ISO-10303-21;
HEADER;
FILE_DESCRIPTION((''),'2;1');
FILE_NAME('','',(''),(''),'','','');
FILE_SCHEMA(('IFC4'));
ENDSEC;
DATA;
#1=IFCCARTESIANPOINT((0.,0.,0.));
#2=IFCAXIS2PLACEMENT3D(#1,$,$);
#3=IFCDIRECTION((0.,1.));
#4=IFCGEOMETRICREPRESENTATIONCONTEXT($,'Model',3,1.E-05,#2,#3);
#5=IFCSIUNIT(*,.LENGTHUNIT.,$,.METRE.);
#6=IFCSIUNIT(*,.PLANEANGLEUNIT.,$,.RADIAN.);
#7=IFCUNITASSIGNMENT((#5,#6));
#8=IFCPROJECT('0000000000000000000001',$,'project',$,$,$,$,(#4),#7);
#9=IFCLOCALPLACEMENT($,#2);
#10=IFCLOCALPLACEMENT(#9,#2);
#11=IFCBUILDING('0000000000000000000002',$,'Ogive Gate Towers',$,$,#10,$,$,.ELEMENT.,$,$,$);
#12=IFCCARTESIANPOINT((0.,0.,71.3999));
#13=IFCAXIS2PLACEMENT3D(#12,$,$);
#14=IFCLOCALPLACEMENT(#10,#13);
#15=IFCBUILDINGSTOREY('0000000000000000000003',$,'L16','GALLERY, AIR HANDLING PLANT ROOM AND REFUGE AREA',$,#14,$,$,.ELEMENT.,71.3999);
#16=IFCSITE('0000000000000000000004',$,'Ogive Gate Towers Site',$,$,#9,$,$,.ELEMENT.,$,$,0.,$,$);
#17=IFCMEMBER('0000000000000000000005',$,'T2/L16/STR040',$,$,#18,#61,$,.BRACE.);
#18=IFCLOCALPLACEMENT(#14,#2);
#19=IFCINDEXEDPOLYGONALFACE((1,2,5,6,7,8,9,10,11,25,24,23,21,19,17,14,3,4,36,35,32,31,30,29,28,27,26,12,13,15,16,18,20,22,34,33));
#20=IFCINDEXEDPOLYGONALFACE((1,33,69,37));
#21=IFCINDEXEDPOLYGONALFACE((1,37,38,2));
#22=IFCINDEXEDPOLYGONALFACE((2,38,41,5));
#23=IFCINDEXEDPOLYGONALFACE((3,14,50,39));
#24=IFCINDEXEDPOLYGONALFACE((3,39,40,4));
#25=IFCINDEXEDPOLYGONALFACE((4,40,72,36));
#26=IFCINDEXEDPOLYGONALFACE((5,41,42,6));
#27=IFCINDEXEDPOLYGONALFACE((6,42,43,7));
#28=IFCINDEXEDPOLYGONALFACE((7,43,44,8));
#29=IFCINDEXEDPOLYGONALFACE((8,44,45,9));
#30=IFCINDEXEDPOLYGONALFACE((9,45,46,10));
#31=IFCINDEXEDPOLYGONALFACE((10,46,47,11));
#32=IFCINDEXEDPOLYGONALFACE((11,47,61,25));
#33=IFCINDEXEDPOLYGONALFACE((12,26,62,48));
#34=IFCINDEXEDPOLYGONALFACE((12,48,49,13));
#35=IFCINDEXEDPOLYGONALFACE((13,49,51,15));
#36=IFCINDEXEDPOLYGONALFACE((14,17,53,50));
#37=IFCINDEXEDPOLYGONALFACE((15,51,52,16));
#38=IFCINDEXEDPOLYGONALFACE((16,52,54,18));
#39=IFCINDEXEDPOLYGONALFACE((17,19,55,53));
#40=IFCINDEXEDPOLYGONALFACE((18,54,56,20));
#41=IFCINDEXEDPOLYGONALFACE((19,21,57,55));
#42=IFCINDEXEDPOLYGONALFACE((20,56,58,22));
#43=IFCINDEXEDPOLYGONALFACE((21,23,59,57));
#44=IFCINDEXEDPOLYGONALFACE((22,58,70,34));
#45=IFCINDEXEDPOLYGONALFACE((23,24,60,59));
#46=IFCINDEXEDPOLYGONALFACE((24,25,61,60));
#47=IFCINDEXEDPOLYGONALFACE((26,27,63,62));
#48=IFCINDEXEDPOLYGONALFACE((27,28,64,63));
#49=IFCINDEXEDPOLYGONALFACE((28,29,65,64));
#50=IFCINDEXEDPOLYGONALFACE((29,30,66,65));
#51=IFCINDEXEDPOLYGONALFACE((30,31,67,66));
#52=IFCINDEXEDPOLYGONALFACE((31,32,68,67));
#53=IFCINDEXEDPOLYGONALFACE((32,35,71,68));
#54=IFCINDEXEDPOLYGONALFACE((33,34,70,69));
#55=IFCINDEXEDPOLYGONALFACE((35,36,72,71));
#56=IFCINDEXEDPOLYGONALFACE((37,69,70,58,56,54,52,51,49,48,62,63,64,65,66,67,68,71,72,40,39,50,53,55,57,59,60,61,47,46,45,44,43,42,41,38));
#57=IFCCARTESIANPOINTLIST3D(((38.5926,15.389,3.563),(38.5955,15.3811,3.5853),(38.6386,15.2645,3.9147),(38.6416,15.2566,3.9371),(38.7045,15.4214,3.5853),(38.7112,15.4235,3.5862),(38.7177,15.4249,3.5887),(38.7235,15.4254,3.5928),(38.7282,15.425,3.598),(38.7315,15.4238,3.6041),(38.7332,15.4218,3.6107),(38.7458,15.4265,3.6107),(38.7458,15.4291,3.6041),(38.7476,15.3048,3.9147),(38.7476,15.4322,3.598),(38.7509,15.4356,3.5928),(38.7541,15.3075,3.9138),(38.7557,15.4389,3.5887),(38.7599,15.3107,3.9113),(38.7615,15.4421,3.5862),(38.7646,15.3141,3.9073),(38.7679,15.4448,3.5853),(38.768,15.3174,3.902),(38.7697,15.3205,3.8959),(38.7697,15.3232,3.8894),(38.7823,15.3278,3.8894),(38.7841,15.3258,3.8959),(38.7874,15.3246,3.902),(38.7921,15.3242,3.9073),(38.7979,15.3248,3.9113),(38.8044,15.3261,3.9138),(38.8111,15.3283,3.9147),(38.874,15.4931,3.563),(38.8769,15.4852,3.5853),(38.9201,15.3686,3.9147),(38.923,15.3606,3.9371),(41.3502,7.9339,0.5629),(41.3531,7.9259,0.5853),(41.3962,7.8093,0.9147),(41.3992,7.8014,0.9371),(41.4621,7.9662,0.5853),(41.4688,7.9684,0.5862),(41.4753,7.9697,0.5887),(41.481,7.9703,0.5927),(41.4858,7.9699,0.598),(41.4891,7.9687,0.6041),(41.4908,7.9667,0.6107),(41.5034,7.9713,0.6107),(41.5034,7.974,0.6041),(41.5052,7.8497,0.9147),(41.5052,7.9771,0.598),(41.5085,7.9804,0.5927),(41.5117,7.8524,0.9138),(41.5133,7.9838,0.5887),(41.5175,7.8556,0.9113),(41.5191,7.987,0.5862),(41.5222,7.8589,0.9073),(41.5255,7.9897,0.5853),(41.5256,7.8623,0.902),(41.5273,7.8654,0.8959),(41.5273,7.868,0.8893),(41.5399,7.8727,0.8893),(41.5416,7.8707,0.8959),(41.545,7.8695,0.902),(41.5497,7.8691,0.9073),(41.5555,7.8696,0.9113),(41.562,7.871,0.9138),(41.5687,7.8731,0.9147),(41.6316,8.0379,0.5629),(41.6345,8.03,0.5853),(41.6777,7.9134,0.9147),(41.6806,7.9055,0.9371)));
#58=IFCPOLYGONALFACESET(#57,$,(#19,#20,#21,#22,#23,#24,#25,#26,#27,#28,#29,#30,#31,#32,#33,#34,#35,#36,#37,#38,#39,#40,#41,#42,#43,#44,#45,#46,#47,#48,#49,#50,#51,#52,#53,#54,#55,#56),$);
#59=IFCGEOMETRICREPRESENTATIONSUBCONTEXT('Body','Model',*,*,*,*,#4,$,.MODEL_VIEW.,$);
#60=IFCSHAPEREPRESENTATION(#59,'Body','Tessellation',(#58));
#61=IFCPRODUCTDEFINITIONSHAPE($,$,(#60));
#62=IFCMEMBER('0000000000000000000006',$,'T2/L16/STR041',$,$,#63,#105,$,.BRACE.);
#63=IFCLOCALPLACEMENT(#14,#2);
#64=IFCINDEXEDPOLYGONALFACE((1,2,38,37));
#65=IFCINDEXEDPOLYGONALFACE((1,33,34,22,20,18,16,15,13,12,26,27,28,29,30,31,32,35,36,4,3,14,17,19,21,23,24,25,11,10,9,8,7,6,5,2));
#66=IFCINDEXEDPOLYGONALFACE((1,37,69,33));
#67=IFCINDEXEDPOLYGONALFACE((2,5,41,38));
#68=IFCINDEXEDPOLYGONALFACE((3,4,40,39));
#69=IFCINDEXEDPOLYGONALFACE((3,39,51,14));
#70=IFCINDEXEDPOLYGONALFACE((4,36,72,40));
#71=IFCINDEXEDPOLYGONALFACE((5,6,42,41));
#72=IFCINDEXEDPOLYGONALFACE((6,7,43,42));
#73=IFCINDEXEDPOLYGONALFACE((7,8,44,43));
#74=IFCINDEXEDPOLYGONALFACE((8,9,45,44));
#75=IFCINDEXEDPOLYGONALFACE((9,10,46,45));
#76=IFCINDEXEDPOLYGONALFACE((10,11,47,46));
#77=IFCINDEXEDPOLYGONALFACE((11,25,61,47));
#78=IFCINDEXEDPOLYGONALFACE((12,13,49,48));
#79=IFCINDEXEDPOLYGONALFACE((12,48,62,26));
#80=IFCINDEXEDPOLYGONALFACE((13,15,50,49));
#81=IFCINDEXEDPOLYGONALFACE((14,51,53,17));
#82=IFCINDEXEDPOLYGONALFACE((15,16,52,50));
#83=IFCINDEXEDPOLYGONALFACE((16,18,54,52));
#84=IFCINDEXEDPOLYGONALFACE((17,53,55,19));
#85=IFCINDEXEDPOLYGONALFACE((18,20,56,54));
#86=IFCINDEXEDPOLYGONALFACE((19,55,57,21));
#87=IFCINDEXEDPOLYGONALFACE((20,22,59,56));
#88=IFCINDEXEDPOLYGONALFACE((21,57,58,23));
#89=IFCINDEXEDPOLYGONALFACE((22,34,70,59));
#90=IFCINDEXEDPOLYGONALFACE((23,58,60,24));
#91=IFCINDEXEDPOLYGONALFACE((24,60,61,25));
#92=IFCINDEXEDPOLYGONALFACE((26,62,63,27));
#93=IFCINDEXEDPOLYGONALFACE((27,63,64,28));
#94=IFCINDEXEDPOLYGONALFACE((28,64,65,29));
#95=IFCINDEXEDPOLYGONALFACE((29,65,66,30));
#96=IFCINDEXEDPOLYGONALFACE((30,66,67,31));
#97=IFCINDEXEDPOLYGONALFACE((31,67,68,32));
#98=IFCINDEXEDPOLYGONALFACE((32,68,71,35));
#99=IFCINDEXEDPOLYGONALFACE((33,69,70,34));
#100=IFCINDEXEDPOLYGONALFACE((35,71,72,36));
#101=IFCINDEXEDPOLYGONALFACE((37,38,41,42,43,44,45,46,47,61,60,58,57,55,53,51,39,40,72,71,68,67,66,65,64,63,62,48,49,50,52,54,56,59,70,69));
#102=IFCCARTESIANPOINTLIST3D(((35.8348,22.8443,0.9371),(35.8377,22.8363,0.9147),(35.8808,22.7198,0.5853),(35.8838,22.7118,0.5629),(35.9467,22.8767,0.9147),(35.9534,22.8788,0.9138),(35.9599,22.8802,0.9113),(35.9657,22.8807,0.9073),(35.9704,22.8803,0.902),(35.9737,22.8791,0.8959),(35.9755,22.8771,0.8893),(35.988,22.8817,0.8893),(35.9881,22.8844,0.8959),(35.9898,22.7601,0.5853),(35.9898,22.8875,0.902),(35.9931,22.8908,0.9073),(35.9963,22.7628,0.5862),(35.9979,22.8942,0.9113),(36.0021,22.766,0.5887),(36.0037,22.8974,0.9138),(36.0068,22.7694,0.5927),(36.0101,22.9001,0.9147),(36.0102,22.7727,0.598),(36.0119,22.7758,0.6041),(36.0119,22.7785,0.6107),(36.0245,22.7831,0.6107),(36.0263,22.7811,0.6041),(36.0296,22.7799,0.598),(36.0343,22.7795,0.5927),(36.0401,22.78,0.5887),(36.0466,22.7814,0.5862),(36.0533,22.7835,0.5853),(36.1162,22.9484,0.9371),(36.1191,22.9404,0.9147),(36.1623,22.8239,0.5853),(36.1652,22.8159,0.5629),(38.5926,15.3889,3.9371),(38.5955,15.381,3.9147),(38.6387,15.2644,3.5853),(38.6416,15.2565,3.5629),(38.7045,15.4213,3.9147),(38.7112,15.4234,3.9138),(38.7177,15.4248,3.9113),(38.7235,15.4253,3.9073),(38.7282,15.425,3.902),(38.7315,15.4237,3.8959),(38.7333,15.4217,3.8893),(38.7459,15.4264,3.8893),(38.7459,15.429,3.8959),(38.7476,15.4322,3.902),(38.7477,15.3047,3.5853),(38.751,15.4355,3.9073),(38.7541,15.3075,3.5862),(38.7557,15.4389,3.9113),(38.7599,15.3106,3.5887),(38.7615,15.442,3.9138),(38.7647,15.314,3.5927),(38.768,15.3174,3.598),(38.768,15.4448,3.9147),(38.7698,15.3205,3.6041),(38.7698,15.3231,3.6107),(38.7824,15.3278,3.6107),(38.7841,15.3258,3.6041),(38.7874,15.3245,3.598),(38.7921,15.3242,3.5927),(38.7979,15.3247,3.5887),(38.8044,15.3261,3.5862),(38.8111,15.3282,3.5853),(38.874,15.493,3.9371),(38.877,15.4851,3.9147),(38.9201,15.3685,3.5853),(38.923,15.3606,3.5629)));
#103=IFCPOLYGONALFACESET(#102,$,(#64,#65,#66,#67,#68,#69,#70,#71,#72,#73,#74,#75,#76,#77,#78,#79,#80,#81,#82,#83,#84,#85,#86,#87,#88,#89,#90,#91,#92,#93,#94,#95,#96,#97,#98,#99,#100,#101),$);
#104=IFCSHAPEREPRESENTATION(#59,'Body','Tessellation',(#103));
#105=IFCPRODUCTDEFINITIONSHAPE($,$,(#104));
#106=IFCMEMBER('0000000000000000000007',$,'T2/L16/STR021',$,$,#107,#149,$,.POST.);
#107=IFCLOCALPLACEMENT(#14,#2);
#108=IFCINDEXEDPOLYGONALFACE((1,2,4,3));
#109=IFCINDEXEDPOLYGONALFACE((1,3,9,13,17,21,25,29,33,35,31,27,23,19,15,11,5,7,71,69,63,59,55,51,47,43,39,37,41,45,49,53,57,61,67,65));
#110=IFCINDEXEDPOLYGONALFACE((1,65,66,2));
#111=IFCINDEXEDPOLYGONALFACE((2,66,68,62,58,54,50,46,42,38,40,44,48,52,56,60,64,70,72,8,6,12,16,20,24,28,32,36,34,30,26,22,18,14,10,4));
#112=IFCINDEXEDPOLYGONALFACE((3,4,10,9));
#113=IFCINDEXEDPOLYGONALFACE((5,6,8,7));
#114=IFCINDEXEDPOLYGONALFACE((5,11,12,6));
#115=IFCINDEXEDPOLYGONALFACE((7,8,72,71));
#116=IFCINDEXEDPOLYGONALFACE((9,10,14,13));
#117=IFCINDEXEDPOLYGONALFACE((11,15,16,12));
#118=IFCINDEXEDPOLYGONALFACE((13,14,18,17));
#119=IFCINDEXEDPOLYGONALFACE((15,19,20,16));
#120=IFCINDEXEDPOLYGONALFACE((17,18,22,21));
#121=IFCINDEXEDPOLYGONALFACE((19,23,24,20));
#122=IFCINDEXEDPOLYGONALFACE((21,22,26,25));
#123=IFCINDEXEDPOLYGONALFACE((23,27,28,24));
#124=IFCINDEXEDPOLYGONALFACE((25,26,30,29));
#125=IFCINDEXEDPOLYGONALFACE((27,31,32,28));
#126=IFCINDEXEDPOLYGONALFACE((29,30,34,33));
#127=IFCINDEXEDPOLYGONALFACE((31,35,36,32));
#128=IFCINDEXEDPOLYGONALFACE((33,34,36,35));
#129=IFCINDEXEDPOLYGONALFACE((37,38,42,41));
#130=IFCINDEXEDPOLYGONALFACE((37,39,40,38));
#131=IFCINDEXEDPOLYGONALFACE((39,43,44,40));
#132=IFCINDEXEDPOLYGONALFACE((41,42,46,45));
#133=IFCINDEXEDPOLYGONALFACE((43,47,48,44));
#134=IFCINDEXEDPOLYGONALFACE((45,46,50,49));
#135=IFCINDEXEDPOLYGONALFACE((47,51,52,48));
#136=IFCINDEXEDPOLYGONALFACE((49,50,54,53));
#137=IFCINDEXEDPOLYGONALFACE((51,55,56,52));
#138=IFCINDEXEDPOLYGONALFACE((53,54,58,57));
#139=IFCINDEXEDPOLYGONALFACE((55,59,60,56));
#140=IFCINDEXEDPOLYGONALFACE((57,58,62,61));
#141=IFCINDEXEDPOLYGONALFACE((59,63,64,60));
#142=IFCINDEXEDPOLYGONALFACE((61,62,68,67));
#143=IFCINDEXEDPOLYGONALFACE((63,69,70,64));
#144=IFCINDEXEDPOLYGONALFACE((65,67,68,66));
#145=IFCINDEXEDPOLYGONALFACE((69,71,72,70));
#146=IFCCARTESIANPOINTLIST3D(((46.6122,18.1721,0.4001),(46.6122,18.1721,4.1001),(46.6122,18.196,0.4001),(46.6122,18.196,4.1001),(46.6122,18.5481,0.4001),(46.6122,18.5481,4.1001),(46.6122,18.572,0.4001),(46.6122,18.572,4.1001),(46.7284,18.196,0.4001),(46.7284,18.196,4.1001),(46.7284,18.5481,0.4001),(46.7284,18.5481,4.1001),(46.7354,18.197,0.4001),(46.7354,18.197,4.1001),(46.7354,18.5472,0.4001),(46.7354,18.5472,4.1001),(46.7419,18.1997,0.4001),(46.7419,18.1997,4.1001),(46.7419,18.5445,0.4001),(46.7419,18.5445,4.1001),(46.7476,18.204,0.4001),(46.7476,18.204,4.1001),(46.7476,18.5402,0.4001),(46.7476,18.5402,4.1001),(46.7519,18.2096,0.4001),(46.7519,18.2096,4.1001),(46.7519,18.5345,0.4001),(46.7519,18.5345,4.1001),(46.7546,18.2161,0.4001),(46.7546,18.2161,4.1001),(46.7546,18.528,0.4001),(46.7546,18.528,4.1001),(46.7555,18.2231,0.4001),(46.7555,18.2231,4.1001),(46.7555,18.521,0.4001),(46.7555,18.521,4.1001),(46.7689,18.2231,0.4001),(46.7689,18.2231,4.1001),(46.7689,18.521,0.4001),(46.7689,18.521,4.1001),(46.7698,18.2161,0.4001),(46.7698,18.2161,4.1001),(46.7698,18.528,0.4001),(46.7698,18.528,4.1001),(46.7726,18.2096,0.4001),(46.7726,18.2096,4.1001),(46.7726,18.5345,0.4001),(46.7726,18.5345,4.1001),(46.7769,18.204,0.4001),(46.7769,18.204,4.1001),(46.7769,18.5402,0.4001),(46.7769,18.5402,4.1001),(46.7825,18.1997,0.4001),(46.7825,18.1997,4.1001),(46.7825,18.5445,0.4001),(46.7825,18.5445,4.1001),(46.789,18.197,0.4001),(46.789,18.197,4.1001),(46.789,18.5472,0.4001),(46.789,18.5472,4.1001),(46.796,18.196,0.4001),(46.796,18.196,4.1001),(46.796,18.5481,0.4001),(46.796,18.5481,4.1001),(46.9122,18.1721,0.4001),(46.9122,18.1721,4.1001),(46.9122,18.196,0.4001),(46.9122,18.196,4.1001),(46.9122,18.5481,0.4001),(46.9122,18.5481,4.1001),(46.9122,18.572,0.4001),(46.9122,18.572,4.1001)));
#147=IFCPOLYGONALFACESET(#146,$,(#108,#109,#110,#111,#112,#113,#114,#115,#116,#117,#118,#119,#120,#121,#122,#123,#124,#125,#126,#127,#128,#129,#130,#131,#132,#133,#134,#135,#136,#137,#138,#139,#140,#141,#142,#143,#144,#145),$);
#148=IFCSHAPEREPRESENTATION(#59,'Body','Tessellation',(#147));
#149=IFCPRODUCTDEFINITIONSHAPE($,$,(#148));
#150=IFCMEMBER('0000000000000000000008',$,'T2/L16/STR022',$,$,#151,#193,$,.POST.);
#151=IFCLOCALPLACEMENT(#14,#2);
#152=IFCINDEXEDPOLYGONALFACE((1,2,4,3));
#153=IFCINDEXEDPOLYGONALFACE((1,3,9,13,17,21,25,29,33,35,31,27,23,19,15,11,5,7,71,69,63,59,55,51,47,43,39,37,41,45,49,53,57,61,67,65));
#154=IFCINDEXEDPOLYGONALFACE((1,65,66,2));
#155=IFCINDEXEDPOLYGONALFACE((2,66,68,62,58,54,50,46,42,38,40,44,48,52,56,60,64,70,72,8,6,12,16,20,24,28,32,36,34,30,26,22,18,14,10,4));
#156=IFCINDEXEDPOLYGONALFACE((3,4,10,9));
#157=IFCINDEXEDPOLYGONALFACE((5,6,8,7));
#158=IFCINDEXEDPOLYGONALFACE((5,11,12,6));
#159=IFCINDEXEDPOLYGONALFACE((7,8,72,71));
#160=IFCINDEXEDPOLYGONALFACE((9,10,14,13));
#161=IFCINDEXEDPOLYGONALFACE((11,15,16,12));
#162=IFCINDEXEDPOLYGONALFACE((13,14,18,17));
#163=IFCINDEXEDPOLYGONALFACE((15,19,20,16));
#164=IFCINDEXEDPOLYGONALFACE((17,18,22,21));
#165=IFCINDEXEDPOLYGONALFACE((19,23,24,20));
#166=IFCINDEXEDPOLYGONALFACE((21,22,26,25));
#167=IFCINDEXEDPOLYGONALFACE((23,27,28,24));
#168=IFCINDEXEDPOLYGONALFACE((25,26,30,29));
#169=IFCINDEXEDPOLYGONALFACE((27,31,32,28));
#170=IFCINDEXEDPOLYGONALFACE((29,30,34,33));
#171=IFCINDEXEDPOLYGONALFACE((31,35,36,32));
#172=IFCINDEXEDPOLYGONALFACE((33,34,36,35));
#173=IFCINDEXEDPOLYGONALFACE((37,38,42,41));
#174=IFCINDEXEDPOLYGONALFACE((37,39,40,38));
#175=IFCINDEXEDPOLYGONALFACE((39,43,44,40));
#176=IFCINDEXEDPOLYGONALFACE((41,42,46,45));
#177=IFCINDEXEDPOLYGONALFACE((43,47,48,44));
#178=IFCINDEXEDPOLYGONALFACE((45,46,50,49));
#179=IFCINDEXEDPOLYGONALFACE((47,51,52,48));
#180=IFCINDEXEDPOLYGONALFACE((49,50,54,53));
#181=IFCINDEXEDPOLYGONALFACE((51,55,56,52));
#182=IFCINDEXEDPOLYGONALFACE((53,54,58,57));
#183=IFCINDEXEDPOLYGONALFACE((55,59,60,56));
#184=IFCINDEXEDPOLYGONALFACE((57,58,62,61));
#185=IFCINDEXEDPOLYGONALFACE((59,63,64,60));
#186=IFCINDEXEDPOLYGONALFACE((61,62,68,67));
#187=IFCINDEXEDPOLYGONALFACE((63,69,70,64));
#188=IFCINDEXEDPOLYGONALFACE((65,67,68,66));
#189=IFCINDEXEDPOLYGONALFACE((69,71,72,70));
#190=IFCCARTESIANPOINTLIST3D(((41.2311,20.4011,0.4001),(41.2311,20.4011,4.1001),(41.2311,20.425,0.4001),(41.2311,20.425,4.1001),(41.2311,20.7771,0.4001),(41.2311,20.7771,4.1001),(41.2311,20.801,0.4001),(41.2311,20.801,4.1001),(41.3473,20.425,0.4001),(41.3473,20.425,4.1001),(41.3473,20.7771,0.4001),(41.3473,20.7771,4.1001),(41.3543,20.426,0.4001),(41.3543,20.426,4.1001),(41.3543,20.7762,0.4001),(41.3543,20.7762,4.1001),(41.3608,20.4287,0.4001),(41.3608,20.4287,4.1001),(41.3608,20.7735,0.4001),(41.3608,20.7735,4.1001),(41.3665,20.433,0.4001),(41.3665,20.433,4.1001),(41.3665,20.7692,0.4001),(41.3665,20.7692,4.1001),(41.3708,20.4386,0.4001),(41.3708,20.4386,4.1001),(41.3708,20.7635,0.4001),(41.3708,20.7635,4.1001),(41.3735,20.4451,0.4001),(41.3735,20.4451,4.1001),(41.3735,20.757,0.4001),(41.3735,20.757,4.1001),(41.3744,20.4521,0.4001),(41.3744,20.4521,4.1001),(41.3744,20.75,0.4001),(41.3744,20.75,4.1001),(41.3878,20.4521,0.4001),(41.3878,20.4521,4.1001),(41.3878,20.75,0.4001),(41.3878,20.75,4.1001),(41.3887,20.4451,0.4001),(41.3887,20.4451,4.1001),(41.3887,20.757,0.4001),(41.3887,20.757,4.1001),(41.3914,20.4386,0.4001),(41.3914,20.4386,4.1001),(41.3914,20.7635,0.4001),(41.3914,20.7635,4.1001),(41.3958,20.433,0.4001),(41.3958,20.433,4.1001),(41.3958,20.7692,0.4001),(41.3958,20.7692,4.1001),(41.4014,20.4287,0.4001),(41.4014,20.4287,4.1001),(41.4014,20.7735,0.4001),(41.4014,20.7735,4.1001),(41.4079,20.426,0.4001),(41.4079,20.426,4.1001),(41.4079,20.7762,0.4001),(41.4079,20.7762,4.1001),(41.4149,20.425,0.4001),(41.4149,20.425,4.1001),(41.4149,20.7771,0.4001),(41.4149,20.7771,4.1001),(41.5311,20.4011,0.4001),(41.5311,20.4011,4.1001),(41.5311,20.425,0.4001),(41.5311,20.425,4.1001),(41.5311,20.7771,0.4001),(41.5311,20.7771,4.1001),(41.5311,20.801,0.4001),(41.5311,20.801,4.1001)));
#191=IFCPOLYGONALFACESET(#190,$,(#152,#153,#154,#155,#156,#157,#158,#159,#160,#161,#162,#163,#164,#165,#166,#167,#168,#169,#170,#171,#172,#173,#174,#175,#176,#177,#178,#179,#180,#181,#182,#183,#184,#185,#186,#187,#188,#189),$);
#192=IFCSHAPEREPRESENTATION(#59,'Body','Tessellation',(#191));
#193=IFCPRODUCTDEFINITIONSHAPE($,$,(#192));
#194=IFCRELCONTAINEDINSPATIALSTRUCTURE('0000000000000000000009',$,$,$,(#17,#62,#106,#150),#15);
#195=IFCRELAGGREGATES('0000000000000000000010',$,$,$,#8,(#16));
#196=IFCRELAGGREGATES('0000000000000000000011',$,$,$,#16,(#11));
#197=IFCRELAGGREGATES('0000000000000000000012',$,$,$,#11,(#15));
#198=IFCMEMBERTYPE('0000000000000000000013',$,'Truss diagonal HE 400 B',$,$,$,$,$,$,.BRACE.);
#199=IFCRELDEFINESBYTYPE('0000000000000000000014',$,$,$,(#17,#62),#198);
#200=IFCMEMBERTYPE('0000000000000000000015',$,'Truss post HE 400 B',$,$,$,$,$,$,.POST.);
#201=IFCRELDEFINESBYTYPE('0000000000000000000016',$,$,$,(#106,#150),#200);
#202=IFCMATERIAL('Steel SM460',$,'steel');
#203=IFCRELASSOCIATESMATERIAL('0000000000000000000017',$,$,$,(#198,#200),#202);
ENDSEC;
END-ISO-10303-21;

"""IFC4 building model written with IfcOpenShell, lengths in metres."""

from ifc_helpers import new_model, si_unit, direction, frame, origin, origin_2d, place, context, subcontext, project, spatial, i_section, extrude, material, material_profile, profile_set, type_object, element, save


model = new_model("IFC4")

# Units and contexts
model_context = context("Model", 3, precision=1e-05, world=origin(), true_north=direction((0.0, 1.0)))
body_context = subcontext(model_context, "Body", "Model", "MODEL_VIEW")
ifc_project = project(units=[si_unit("LENGTHUNIT", "METRE"), si_unit("PLANEANGLEUNIT", "RADIAN")], contexts=[model_context])

# Site, building, storey
site_placement = place(None, origin())
site = spatial("IfcSite", under=ifc_project, at=site_placement, Name="Ogive Gate Towers Site", CompositionType="ELEMENT", RefElevation=0.0)
building_placement = place(site_placement, origin())
building = spatial("IfcBuilding", under=site, at=building_placement, Name="Ogive Gate Towers", CompositionType="ELEMENT")
storey_placement = place(building_placement, frame((0.0, 0.0, 71.3999)))
storey = spatial("IfcBuildingStorey", under=building, at=storey_placement, Name="L16", Description="GALLERY, AIR HANDLING PLANT ROOM AND REFUGE AREA", CompositionType="ELEMENT", Elevation=71.3999)

# Shared definitions
ifc_material_1 = material(Name="Steel SM460", Category="steel")

# Members
ifc_material_profile_1 = material_profile(ifc_material_1, i_section(OverallWidth=0.3, OverallDepth=0.3999, WebThickness=0.0134, FlangeThickness=0.0239, FilletRadius=0.0271, at=origin_2d()), Name="HE 400 B")
ifc_profile_set_1 = profile_set([ifc_material_profile_1], Name="Steel SM460")
member_type_1 = type_object("IfcMemberType", Name="Truss diagonal HE 400 B", PredefinedType="BRACE", material=ifc_profile_set_1)
member_1_placement = place(storey_placement, frame((41.5154, 7.9197, 0.75), z_axis=(-0.324572, 0.877479, 0.353106), x_axis=(-0.937895, -0.346919, 0.0)))
element("IfcMember", 1, at=member_1_placement, inside=storey, type_object=member_type_1, Name="T2/L16/STR040", PredefinedType="BRACE", context=body_context, shape_type="SweptSolid", body=[
    extrude(i_section(OverallWidth=0.3, OverallDepth=0.3999, WebThickness=0.0134, FlangeThickness=0.0239, FilletRadius=0.0271, at=origin_2d()), origin(), (0.0, 0.0, 1.0), 8.4961),
])
member_2_placement = place(storey_placement, frame((38.7578, 15.3748, 3.75), z_axis=(-0.324589, 0.877477, -0.353094), x_axis=(-0.937889, -0.346936, 0.0)))
element("IfcMember", 2, at=member_2_placement, inside=storey, type_object=member_type_1, Name="T2/L16/STR041", PredefinedType="BRACE", context=body_context, shape_type="SweptSolid", body=[
    extrude(i_section(OverallWidth=0.3, OverallDepth=0.3999, WebThickness=0.0134, FlangeThickness=0.0239, FilletRadius=0.0271, at=origin_2d()), origin(), (0.0, 0.0, 1.0), 8.4963),
])
ifc_material_profile_2 = material_profile(ifc_material_1, i_section(OverallWidth=0.3, OverallDepth=0.3999, WebThickness=0.0134, FlangeThickness=0.0239, FilletRadius=0.0271, at=origin_2d()), Name="HE 400 B")
ifc_profile_set_2 = profile_set([ifc_material_profile_2], Name="Steel SM460")
member_type_2 = type_object("IfcMemberType", Name="Truss post HE 400 B", PredefinedType="POST", material=ifc_profile_set_2)
for number, where, z_axis, x_axis, name in (
    (3, (46.7622, 18.3721, 0.4001), (0.0, 0.0, 1.0), (1.0, 0.0, 0.0), "T2/L16/STR021"),
    (4, (41.3811, 20.6011, 0.4001), (0.0, 0.0, 1.0), (1.0, 0.0, 0.0), "T2/L16/STR022"),
):
    element("IfcMember", number, at=place(storey_placement, frame(where, z_axis=z_axis, x_axis=x_axis)), inside=storey, type_object=member_type_2, Name=name, PredefinedType="POST", context=body_context, shape_type="SweptSolid", body=[
        extrude(i_section(OverallWidth=0.3, OverallDepth=0.3999, WebThickness=0.0134, FlangeThickness=0.0239, FilletRadius=0.0271, at=origin_2d()), origin(), (0.0, 0.0, 1.0), 3.7),
    ])

save(model, "model.ifc")
